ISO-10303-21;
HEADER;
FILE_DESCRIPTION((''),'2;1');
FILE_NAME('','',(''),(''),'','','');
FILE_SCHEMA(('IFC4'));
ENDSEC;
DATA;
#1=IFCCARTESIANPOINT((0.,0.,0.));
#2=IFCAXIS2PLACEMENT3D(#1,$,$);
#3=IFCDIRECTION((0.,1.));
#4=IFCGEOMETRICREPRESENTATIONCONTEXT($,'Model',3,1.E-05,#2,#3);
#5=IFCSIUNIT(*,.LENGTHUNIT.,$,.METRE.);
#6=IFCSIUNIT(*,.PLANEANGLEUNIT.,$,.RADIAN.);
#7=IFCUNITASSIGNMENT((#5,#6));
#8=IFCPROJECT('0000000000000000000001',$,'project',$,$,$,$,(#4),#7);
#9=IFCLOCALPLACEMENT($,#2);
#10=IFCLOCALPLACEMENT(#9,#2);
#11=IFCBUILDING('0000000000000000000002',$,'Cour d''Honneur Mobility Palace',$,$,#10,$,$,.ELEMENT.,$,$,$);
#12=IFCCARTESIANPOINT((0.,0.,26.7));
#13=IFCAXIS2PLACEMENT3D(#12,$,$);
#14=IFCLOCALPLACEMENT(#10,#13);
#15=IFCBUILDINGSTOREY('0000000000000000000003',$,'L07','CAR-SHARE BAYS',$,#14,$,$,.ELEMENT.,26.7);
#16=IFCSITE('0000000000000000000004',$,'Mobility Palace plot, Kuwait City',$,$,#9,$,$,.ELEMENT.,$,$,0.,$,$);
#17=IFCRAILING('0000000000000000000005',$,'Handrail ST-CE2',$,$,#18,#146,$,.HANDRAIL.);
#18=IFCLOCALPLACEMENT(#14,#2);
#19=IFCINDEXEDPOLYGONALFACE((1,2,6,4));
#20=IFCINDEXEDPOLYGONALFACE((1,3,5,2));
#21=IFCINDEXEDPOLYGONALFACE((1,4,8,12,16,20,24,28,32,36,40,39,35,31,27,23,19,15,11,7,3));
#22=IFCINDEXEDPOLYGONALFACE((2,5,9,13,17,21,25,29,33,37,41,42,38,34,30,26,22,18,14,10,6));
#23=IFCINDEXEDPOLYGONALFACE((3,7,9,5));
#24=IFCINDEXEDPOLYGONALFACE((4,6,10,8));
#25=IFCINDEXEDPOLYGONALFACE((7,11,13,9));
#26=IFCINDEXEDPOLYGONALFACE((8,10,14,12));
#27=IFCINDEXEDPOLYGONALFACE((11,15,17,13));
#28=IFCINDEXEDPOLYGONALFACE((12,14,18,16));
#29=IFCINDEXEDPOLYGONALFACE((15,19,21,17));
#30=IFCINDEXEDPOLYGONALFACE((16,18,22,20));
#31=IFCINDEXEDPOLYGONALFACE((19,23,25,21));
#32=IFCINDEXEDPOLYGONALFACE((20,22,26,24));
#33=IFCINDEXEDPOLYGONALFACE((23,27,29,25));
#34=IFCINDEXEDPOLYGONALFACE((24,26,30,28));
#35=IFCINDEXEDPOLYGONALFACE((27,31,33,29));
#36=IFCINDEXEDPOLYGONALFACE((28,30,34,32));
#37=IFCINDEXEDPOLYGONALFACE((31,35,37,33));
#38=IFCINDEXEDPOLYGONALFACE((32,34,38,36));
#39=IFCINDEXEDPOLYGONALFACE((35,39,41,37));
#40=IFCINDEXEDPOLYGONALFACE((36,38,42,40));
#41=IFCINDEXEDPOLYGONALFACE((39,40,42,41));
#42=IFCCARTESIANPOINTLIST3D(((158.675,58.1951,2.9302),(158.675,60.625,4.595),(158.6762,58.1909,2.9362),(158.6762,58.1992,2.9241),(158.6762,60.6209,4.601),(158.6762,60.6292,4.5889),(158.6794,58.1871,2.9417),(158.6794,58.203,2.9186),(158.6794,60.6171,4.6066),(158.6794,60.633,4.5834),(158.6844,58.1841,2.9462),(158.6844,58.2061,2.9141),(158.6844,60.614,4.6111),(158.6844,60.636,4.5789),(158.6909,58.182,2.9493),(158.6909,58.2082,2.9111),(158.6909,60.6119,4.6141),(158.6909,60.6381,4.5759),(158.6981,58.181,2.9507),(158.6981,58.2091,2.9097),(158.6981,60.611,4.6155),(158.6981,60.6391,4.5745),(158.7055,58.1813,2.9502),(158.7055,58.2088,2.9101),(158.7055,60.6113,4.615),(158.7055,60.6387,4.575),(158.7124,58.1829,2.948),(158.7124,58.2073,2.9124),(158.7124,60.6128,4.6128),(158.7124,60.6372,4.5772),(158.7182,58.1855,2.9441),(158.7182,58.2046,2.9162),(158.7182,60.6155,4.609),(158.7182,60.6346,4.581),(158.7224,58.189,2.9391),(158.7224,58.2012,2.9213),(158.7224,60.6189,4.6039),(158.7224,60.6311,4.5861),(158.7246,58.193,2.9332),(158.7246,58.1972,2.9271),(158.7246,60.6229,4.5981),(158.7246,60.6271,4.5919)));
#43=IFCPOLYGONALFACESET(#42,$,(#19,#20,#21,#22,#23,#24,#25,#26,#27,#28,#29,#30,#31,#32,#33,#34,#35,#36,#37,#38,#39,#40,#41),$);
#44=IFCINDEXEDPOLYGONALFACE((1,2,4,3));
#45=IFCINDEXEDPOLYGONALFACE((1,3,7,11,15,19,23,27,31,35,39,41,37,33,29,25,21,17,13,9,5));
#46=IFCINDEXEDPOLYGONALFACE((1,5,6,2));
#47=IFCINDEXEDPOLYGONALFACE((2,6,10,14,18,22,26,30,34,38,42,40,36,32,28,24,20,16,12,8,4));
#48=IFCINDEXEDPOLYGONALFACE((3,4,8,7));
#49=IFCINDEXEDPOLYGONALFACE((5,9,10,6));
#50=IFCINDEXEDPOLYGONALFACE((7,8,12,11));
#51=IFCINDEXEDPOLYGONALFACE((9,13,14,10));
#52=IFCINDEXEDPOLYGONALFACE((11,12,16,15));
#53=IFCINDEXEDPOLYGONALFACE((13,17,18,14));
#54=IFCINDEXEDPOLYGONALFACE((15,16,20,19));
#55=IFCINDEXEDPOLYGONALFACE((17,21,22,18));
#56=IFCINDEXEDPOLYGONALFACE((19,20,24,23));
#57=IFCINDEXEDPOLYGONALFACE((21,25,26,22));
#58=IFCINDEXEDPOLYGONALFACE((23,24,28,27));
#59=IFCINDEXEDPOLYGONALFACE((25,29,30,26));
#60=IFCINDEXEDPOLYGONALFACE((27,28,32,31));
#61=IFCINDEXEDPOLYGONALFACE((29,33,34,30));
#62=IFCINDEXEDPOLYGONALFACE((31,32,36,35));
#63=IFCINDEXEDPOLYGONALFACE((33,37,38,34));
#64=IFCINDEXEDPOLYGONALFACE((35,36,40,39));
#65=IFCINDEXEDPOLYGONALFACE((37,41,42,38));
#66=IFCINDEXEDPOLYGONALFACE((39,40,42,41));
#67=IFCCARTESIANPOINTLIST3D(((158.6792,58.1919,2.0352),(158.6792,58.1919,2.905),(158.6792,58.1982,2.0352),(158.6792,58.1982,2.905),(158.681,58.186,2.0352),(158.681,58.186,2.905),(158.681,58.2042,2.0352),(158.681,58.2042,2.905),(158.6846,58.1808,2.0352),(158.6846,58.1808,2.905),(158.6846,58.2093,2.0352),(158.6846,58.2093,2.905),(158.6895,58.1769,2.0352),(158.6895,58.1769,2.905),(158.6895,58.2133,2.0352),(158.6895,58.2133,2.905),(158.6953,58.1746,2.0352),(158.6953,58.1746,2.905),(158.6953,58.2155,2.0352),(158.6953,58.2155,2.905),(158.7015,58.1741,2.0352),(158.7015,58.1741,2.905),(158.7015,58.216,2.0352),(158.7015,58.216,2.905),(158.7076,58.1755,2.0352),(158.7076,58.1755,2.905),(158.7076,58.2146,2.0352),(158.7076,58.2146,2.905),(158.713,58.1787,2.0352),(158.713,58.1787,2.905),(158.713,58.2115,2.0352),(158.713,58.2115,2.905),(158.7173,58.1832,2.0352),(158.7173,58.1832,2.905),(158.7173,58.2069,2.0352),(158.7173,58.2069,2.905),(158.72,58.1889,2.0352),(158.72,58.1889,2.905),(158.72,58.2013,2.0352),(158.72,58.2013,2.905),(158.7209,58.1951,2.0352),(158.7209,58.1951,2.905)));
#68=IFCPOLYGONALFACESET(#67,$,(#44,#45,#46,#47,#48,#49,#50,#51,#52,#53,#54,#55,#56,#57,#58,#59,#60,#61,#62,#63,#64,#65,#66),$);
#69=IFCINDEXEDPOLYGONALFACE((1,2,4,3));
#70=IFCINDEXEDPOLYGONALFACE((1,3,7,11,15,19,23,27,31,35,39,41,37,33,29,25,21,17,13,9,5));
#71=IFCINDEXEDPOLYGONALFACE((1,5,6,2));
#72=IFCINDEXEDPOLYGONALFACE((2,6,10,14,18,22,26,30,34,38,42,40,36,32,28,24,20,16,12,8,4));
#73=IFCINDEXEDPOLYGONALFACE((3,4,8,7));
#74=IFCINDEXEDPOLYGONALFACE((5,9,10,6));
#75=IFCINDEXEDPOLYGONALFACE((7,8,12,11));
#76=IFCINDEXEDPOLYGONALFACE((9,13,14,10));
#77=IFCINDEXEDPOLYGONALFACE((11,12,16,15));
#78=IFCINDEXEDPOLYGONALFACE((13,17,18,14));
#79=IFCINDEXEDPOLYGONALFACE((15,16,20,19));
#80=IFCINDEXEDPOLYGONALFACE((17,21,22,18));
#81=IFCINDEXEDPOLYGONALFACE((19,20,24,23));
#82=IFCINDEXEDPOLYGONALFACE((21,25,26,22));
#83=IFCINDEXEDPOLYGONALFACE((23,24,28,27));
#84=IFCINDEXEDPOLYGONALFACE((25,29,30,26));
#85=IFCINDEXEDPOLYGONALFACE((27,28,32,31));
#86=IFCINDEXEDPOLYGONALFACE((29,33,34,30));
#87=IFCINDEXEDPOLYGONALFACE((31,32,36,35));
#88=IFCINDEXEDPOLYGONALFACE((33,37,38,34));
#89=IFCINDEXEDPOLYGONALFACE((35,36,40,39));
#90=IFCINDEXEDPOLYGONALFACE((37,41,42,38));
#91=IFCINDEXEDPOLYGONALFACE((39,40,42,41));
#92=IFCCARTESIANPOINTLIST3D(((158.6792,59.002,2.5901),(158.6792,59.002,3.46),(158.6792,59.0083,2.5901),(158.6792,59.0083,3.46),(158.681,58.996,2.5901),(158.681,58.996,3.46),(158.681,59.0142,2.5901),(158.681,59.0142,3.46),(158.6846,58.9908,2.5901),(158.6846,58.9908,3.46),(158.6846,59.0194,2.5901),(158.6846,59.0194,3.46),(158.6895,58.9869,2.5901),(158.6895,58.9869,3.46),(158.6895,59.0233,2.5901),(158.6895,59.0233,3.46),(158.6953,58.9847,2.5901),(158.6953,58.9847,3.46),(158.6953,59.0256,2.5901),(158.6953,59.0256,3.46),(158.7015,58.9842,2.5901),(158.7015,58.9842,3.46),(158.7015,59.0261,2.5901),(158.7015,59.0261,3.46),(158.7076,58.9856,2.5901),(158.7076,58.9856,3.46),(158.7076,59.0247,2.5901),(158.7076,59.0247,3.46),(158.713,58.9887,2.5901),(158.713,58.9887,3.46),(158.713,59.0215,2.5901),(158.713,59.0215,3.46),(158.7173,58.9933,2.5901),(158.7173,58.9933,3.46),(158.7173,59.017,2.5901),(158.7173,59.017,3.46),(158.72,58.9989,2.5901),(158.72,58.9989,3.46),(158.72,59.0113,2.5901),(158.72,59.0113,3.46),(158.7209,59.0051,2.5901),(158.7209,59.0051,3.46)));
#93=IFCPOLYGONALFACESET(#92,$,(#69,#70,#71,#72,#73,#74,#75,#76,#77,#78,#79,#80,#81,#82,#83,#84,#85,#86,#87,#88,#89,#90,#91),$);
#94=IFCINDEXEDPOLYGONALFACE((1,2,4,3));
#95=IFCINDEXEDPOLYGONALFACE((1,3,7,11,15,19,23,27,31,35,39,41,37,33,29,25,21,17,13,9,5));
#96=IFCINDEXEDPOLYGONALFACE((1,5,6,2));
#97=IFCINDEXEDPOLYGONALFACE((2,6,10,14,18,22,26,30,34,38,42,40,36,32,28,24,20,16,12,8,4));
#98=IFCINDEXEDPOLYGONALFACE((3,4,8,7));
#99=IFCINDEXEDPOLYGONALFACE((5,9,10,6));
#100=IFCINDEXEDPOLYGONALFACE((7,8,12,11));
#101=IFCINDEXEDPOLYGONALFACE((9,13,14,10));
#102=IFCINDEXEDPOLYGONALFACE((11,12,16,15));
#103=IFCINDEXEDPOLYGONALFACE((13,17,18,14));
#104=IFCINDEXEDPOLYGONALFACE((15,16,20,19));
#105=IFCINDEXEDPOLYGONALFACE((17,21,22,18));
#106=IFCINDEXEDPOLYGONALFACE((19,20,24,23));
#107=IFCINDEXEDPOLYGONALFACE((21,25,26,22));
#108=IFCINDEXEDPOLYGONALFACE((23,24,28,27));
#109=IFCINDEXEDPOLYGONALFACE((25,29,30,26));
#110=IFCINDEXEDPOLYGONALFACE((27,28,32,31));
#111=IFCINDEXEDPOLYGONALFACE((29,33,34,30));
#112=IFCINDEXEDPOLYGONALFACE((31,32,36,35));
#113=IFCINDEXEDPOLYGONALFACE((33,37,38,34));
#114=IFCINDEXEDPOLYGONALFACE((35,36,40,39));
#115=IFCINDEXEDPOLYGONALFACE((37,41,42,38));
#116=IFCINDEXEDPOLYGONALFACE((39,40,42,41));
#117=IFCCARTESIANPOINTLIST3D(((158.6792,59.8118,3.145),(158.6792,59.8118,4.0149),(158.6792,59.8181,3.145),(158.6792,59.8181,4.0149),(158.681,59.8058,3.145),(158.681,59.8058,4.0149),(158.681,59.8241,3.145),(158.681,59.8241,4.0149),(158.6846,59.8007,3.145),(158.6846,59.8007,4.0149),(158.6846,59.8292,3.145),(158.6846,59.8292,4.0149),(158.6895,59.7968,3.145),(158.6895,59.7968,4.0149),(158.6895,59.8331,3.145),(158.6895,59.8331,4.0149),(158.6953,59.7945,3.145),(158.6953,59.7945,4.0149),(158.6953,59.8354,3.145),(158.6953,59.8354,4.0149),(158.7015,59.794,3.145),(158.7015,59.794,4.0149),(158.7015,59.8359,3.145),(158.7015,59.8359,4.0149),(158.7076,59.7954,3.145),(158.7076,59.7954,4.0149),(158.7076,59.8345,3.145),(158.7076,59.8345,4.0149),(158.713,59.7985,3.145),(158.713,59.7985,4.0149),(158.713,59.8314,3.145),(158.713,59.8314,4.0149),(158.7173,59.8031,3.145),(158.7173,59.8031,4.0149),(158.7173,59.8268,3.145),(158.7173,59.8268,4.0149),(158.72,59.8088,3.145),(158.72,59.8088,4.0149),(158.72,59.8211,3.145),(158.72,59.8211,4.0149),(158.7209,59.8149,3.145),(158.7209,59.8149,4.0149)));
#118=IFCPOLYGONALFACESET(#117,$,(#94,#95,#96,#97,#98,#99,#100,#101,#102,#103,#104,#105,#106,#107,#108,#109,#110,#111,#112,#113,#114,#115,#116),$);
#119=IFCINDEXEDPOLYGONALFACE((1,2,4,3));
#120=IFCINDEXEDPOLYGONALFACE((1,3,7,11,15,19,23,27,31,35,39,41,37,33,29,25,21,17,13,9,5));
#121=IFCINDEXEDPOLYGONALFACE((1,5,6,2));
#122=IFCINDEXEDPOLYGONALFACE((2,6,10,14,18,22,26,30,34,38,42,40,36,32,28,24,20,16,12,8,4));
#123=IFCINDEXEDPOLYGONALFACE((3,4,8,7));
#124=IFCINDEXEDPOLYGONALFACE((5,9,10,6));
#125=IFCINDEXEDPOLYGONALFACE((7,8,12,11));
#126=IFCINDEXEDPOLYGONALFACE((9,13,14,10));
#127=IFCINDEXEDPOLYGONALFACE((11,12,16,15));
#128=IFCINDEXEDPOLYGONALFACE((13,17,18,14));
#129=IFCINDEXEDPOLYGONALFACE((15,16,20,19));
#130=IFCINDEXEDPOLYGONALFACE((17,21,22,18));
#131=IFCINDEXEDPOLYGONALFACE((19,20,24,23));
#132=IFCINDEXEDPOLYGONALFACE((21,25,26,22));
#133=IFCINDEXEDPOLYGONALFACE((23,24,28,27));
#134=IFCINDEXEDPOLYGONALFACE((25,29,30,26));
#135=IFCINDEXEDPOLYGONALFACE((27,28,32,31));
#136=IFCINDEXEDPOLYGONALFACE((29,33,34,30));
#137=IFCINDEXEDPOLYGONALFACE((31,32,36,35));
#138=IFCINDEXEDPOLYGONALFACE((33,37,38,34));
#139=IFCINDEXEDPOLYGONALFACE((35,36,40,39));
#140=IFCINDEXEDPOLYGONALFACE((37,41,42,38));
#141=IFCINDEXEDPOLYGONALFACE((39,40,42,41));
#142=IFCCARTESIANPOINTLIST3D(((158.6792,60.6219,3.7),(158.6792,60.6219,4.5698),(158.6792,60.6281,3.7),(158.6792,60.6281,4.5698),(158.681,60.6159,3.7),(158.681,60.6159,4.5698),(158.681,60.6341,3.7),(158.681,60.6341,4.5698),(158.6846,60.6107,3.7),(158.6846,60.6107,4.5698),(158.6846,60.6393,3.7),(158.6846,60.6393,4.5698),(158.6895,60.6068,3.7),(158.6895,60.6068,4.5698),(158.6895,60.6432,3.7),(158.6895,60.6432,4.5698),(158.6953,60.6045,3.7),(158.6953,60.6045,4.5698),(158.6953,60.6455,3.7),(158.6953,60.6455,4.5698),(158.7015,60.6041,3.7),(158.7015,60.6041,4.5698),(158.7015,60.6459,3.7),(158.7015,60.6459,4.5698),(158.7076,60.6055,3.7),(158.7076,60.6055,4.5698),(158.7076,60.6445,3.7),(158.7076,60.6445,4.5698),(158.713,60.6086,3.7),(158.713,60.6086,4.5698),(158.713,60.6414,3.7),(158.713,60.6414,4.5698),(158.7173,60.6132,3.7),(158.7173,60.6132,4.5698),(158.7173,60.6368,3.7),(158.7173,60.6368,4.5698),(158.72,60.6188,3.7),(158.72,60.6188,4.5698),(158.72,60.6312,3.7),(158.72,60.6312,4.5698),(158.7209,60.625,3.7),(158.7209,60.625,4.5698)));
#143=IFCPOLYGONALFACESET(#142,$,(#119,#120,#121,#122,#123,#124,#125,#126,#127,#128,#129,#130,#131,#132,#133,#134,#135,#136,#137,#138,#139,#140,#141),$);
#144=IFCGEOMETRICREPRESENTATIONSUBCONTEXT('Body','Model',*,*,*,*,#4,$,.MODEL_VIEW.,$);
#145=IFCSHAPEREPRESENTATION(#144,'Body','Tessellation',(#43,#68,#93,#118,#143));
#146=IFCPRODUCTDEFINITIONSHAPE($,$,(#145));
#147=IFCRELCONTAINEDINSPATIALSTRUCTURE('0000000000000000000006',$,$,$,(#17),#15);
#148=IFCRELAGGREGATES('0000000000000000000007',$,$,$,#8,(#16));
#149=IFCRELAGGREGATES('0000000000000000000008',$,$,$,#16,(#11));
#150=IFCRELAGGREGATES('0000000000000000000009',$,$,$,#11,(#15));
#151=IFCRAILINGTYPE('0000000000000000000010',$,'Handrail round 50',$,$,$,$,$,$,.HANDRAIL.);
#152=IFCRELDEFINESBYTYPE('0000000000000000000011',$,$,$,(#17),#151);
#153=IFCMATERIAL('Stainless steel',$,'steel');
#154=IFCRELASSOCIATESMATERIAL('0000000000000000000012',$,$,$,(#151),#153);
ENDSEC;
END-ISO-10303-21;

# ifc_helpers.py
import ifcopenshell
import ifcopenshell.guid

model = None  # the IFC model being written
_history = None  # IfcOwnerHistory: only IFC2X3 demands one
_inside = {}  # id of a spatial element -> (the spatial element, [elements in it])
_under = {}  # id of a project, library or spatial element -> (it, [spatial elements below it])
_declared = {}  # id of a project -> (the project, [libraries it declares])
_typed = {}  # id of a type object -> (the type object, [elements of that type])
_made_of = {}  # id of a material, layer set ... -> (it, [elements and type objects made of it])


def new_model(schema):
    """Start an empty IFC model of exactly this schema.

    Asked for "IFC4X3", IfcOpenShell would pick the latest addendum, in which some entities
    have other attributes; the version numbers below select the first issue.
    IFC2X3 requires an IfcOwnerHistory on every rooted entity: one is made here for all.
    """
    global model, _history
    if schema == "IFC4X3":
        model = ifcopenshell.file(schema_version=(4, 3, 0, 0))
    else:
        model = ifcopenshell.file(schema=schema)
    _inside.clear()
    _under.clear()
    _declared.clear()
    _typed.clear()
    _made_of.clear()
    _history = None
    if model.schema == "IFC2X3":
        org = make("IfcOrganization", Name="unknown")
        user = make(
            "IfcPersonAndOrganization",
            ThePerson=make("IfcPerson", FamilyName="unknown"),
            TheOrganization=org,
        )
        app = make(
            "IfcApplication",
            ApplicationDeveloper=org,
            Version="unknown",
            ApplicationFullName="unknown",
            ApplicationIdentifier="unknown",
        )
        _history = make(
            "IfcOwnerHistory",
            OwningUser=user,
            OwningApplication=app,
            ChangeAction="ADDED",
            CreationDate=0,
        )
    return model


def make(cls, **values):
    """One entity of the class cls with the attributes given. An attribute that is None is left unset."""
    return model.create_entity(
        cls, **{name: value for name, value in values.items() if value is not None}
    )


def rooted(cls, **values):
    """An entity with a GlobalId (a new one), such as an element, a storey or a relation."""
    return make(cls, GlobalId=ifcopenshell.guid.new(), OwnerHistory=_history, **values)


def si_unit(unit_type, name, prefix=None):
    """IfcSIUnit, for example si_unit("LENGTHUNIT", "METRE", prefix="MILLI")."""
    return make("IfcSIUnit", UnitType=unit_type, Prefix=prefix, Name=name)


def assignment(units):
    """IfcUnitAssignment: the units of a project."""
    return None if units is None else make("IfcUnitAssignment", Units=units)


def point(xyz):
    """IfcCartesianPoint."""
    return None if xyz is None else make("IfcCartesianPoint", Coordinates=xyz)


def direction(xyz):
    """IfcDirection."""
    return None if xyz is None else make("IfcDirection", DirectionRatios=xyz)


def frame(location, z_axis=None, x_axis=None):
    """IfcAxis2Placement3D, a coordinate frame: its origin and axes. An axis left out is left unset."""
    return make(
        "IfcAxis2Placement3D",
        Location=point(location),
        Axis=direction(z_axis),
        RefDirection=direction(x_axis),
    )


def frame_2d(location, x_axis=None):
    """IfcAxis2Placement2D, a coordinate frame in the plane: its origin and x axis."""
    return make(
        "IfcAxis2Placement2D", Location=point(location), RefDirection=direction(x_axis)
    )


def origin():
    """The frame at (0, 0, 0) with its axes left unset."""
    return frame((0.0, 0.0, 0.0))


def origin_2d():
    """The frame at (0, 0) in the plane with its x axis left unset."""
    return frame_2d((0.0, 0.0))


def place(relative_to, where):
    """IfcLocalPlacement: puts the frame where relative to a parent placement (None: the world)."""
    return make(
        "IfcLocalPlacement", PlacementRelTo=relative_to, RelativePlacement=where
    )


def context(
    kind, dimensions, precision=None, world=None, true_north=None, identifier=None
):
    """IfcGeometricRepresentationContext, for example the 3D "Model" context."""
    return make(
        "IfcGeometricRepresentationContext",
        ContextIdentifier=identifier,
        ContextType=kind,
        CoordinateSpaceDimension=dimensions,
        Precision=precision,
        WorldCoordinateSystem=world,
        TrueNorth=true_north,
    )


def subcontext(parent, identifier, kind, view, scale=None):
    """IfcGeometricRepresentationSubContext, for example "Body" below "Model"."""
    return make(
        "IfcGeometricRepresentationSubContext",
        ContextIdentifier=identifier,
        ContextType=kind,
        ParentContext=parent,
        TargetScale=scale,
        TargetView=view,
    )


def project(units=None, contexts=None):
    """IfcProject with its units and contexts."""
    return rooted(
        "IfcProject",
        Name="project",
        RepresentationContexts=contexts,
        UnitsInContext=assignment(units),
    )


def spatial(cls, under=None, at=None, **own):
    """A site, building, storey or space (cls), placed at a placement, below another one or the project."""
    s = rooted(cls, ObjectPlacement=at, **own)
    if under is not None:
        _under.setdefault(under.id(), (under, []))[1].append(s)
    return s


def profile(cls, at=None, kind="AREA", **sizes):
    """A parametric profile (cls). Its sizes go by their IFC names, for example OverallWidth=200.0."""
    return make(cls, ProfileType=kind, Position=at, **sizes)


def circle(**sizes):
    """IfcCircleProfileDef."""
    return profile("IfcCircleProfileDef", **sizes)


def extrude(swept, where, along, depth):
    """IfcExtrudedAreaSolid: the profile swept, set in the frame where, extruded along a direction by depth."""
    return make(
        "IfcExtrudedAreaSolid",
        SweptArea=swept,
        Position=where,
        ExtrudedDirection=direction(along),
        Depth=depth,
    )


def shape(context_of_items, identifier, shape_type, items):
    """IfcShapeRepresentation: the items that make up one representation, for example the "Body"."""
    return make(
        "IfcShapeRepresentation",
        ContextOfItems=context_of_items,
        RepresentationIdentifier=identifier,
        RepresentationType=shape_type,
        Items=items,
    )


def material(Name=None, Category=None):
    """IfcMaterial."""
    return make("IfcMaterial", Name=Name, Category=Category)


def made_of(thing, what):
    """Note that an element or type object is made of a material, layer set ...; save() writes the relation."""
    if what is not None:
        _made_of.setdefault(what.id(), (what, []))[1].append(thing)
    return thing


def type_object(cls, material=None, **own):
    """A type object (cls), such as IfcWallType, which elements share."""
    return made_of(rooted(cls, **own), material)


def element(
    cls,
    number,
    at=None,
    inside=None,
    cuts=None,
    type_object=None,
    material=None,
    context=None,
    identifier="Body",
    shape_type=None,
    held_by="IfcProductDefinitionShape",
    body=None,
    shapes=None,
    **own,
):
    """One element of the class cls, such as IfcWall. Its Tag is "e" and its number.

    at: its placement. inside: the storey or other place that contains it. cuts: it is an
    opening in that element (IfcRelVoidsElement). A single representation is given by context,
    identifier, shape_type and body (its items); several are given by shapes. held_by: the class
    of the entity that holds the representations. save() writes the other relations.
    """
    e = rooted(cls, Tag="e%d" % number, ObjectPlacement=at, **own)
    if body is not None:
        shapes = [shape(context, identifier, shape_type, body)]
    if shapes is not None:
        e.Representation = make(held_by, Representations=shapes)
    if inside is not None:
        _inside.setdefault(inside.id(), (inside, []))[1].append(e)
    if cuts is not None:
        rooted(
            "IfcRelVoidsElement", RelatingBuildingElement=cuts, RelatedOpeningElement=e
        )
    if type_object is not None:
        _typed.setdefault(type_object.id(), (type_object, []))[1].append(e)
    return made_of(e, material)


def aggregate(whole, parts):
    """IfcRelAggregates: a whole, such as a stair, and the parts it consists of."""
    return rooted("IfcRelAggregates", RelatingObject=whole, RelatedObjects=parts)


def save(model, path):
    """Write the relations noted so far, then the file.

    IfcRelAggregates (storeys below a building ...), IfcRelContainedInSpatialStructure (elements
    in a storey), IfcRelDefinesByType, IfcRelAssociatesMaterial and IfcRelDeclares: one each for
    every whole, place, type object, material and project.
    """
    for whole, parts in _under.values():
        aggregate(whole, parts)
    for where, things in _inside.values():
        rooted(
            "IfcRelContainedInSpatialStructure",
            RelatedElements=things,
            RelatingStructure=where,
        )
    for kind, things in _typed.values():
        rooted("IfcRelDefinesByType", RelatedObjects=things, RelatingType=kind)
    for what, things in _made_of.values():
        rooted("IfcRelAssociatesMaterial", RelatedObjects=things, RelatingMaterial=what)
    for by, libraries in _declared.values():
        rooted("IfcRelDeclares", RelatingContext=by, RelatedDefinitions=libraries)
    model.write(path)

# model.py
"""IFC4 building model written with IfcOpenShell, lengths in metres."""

from ifc_helpers import new_model, si_unit, direction, frame, origin, origin_2d, place, context, subcontext, project, spatial, circle, extrude, material, type_object, element, save


model = new_model("IFC4")

# Units and contexts
model_context = context("Model", 3, precision=1e-05, world=origin(), true_north=direction((0.0, 1.0)))
body_context = subcontext(model_context, "Body", "Model", "MODEL_VIEW")
ifc_project = project(units=[si_unit("LENGTHUNIT", "METRE"), si_unit("PLANEANGLEUNIT", "RADIAN")], contexts=[model_context])

# Site, building, storey
site_placement = place(None, origin())
site = spatial("IfcSite", under=ifc_project, at=site_placement, Name="Mobility Palace plot, Kuwait City", CompositionType="ELEMENT", RefElevation=0.0)
building_placement = place(site_placement, origin())
building = spatial("IfcBuilding", under=site, at=building_placement, Name="Cour d'Honneur Mobility Palace", CompositionType="ELEMENT")
storey_placement = place(building_placement, frame((0.0, 0.0, 26.7)))
storey = spatial("IfcBuildingStorey", under=building, at=storey_placement, Name="L07", Description="CAR-SHARE BAYS", CompositionType="ELEMENT", Elevation=26.7)

# Railing
ifc_material_1 = material(Name="Stainless steel", Category="steel")
railing_type_1 = type_object("IfcRailingType", Name="Handrail round 50", PredefinedType="HANDRAIL", material=ifc_material_1)
railing_1_placement = place(storey_placement, frame((158.7, 58.1951, 2.0352)))
element("IfcRailing", 1, at=railing_1_placement, inside=storey, type_object=railing_type_1, Name="Handrail ST-CE2", PredefinedType="HANDRAIL", context=body_context, shape_type="SweptSolid", body=[
    extrude(circle(Radius=0.0249, at=origin_2d()), frame((0.0, 0.0, 0.895), z_axis=(0.0, 0.824957, 0.565195), x_axis=(-1.0, 0.0, 0.0)), (0.0, 0.0, 1.0), 2.9456),
    extrude(circle(Radius=0.021, at=origin_2d()), origin(), (0.0, 0.0, 1.0), 0.8699),
    extrude(circle(Radius=0.021, at=origin_2d()), frame((0.0, 0.8101, 0.5549)), (0.0, 0.0, 1.0), 0.8699),
    extrude(circle(Radius=0.021, at=origin_2d()), frame((0.0, 1.6199, 1.1099)), (0.0, 0.0, 1.0), 0.8699),
    extrude(circle(Radius=0.021, at=origin_2d()), frame((0.0, 2.4299, 1.6648)), (0.0, 0.0, 1.0), 0.8699),
])

save(model, "model.ifc")
